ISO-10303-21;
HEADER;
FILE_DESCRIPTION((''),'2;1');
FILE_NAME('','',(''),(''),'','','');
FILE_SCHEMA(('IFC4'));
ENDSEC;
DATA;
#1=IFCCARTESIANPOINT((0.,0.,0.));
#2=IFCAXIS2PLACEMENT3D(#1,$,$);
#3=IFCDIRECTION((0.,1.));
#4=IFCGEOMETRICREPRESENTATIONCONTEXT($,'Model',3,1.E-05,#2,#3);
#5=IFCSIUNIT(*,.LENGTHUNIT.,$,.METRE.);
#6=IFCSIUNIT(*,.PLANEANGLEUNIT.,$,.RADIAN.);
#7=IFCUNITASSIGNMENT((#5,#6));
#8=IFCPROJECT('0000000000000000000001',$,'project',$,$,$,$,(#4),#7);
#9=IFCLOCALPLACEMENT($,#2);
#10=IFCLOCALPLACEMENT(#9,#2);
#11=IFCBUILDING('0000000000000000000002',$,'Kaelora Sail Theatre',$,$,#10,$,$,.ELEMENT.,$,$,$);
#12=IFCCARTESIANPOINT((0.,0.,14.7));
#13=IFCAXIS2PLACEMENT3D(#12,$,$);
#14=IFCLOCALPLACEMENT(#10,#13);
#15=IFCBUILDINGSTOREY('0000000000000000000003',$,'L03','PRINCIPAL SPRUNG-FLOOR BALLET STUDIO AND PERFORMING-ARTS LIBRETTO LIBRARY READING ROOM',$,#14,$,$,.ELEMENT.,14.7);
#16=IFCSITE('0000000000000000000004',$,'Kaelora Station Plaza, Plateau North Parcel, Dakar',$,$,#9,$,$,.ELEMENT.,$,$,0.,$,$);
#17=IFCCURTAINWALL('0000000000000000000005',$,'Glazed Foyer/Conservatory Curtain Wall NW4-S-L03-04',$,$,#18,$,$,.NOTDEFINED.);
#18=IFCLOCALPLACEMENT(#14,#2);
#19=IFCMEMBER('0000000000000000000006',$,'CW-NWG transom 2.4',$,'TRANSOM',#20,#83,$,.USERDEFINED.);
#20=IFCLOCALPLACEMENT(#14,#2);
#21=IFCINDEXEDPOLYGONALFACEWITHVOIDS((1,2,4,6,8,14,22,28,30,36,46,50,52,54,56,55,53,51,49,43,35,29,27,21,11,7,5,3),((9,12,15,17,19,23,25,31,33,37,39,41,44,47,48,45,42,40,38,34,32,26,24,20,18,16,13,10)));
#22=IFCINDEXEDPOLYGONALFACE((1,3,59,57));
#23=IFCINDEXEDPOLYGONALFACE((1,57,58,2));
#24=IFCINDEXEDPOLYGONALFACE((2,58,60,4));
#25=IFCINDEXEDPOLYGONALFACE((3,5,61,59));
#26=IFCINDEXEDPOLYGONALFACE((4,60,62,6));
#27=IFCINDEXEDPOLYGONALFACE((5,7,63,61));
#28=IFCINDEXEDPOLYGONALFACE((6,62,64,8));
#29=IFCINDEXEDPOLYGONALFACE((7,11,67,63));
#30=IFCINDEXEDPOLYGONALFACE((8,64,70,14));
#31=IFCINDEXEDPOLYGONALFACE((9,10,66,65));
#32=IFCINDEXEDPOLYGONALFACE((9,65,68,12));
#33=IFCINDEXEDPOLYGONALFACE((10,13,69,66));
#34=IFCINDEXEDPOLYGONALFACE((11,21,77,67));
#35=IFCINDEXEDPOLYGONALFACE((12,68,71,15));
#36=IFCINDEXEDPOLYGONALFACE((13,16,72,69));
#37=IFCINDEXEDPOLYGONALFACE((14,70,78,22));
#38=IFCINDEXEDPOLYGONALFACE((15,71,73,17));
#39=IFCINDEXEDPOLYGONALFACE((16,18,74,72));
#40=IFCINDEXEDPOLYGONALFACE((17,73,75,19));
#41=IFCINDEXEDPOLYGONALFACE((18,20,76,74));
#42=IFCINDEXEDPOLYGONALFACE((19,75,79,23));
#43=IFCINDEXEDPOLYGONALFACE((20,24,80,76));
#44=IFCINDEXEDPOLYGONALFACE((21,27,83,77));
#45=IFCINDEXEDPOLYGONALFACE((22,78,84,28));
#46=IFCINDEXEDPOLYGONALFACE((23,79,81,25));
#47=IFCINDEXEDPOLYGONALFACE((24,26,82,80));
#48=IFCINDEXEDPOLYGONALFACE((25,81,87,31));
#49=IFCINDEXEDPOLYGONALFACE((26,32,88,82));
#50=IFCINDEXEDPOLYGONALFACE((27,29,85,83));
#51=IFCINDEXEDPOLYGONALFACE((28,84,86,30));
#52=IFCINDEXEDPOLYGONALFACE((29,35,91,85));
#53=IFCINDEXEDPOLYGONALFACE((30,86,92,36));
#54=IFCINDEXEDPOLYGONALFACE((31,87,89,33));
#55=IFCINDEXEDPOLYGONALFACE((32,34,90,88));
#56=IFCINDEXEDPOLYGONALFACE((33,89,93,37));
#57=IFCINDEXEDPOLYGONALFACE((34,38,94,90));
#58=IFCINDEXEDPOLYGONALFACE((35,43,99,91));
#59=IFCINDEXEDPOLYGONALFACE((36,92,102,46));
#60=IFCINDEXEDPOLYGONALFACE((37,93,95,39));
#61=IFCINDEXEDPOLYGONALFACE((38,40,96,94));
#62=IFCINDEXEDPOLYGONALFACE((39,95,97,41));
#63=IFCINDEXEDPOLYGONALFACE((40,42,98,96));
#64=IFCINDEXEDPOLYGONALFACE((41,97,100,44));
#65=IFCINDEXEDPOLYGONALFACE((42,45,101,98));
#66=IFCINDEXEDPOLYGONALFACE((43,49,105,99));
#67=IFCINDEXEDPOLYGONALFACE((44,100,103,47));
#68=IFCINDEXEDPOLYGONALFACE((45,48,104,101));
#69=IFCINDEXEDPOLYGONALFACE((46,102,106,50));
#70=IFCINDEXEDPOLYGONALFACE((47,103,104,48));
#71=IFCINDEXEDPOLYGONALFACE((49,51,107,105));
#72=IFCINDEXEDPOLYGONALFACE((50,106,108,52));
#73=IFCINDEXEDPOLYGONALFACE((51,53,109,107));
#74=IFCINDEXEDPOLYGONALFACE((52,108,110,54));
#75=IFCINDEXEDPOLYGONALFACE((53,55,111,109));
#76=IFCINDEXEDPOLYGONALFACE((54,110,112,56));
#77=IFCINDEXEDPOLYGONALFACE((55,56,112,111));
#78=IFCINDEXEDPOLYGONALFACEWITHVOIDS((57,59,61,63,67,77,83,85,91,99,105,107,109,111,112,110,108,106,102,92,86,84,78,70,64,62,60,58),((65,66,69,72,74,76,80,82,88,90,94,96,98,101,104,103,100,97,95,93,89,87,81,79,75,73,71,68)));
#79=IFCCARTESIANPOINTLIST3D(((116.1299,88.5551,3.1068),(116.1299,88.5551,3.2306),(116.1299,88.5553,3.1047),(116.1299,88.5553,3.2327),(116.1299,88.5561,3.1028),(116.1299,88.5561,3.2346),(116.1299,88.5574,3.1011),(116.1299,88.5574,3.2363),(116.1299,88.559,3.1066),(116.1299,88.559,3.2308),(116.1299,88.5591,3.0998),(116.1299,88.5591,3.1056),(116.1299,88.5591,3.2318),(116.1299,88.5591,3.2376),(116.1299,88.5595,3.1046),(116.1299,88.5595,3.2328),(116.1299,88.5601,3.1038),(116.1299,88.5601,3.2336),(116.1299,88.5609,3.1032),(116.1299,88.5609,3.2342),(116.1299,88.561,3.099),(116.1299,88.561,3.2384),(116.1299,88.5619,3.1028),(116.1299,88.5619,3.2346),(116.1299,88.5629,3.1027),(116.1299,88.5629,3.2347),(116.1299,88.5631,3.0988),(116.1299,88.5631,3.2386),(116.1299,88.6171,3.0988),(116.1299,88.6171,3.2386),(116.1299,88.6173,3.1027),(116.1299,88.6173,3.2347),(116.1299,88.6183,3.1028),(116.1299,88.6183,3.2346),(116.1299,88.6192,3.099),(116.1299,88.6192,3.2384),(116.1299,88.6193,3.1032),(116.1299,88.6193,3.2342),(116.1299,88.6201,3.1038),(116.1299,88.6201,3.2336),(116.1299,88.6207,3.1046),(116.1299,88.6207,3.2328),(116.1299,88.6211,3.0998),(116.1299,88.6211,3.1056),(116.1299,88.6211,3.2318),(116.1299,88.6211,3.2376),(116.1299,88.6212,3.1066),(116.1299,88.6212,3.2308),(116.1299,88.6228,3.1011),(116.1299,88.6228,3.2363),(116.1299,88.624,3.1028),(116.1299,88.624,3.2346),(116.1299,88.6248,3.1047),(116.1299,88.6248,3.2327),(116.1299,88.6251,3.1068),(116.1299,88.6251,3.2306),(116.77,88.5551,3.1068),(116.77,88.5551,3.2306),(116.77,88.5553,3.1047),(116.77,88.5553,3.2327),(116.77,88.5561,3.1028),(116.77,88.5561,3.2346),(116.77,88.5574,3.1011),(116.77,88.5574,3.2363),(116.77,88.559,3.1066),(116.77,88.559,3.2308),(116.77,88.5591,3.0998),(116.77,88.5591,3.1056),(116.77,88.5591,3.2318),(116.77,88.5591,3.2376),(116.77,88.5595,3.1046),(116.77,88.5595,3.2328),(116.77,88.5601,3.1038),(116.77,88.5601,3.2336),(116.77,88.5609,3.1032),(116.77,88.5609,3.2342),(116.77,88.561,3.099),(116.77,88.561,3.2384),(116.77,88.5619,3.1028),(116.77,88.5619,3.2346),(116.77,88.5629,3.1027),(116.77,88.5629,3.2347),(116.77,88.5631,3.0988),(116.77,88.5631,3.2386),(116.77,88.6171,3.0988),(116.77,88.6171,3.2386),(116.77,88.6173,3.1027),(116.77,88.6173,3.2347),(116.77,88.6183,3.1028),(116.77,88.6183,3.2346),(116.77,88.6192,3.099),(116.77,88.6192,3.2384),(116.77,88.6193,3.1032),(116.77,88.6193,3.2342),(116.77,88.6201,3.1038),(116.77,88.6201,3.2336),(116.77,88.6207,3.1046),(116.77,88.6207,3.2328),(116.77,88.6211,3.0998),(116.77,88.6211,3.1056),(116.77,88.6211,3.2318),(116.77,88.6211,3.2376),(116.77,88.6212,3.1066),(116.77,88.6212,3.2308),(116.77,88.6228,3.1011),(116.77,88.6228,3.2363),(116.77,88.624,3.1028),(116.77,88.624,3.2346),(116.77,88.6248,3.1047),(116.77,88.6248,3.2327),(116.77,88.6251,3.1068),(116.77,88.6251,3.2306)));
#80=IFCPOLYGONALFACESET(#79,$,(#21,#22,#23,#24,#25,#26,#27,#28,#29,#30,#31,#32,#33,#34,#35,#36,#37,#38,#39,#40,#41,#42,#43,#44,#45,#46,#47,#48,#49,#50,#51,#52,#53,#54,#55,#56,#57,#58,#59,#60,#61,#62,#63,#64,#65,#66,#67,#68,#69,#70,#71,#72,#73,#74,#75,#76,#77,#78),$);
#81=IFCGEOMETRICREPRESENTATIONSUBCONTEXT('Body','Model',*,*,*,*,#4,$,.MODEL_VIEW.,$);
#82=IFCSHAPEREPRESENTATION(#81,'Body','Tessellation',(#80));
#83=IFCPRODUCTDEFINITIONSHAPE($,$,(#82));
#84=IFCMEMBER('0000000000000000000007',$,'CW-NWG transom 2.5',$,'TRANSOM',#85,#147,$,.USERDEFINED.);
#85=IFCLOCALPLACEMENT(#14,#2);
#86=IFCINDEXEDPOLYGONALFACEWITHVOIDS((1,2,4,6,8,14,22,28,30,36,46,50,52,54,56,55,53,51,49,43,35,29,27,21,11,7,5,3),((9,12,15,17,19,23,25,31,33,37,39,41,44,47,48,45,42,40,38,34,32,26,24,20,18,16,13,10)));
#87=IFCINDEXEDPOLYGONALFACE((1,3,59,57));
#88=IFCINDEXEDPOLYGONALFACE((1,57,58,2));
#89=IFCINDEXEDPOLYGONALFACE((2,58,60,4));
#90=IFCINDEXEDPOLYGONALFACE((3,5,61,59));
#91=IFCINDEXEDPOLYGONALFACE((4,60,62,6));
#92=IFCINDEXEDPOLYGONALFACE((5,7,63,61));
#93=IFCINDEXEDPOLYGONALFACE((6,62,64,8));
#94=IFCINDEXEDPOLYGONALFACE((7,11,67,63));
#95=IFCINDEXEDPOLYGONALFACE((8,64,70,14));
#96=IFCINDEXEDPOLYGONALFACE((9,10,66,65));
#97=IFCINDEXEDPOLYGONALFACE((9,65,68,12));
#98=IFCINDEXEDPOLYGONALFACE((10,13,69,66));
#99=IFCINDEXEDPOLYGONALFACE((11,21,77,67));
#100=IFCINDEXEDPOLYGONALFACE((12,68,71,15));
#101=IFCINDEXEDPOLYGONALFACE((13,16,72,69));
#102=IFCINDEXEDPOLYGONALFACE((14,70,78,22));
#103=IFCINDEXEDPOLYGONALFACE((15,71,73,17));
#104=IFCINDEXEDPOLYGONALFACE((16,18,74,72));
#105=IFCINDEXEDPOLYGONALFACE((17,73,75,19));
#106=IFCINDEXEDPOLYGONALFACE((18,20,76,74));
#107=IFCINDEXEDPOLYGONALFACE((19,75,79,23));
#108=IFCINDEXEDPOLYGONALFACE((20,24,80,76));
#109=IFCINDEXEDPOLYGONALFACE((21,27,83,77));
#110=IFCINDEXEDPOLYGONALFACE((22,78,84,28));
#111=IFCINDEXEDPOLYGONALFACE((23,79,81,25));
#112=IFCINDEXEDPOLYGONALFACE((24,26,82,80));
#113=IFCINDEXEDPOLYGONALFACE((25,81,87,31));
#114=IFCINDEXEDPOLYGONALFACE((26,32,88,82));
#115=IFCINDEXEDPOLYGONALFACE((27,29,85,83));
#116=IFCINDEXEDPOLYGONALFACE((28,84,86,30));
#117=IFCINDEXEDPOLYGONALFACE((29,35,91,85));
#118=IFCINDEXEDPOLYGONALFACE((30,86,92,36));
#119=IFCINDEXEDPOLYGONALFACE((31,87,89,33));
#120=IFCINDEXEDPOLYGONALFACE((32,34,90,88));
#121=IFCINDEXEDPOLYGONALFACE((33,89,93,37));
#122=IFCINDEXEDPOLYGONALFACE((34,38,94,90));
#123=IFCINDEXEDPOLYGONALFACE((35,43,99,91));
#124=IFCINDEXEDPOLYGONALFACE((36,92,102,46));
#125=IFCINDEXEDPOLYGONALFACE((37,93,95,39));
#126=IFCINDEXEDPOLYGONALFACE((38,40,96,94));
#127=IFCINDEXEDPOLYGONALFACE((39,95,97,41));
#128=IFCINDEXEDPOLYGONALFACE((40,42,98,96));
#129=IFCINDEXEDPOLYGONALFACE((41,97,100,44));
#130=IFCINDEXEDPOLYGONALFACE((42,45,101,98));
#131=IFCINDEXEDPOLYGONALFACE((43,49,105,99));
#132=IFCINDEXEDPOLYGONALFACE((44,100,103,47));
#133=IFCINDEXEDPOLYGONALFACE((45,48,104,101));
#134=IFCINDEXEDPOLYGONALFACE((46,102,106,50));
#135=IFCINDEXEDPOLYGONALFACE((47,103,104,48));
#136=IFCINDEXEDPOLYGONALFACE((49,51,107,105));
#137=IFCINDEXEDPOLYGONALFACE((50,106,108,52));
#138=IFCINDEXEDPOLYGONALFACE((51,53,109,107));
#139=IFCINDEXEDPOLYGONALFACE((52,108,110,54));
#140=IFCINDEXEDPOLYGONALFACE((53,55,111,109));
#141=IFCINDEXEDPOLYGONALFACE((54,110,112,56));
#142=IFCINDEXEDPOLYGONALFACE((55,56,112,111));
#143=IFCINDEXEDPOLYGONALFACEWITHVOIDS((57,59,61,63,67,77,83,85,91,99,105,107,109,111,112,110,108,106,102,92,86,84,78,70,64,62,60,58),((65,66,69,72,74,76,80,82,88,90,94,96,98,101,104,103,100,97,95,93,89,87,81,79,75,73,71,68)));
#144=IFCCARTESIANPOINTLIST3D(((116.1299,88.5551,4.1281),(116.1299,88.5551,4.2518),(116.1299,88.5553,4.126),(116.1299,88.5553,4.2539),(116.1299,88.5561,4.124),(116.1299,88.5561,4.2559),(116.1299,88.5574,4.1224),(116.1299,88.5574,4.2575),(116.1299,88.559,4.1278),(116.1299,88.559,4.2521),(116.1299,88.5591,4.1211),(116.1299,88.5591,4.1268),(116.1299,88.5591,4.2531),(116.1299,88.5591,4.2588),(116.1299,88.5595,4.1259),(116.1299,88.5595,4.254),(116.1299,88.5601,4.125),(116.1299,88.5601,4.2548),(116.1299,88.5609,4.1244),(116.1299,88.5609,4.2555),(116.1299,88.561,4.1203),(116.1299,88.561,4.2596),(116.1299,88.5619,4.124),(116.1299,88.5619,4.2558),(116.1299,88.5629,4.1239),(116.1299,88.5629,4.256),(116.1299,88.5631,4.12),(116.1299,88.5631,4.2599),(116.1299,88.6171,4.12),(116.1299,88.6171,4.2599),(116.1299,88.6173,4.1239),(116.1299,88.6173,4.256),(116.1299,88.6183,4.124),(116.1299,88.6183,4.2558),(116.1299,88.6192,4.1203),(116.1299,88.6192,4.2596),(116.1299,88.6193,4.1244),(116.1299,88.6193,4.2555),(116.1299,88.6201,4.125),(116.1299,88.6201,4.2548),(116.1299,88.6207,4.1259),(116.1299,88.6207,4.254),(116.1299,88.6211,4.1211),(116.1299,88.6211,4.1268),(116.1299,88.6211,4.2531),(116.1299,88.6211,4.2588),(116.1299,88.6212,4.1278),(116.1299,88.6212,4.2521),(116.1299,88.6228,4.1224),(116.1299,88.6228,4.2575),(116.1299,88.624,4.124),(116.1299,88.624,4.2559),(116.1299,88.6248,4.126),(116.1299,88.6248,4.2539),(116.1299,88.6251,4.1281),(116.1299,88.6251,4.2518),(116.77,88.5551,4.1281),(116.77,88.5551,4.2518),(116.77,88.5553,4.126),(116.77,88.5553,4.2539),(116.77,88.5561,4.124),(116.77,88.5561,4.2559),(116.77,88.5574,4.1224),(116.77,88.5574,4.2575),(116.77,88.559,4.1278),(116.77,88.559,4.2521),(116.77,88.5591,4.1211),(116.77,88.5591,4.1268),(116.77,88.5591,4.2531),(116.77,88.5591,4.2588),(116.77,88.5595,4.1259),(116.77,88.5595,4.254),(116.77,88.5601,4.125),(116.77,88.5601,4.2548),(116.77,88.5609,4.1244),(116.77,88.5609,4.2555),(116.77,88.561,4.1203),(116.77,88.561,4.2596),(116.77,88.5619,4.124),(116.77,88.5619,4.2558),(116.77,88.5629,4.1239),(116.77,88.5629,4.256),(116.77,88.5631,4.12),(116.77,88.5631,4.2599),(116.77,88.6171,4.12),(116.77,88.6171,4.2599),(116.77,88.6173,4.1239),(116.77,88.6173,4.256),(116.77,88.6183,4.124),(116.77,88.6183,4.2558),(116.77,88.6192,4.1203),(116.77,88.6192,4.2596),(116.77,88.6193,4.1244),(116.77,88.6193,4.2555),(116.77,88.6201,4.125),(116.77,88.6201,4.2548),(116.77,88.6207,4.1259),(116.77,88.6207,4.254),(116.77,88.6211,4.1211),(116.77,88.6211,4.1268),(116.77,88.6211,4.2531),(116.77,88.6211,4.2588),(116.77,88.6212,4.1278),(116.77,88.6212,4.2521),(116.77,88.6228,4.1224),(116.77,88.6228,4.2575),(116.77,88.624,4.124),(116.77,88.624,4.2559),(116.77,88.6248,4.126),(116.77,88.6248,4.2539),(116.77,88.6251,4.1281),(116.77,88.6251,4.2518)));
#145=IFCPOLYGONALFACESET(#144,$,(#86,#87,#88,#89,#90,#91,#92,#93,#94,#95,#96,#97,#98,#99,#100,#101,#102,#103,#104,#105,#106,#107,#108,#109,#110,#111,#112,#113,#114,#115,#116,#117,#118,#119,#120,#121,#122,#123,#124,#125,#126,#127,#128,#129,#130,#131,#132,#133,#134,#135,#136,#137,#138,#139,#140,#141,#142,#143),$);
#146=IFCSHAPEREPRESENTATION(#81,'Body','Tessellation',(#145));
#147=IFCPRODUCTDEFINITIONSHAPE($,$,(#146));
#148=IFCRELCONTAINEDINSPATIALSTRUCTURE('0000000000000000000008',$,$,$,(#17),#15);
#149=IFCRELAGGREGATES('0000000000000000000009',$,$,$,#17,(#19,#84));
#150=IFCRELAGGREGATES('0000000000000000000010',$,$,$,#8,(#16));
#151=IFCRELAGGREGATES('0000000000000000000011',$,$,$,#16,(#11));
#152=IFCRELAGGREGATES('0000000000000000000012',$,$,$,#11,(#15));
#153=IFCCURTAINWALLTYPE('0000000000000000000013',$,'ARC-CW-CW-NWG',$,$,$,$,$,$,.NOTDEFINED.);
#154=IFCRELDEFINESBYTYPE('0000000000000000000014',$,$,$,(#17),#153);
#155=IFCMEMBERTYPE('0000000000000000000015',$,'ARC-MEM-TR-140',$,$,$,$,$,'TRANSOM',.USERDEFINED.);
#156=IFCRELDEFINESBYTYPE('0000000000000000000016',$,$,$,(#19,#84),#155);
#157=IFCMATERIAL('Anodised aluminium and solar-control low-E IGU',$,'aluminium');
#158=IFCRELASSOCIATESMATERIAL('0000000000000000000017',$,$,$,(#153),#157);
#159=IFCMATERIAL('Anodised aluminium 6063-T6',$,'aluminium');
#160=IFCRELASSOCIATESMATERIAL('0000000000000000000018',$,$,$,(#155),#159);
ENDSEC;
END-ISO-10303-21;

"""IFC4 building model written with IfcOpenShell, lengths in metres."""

from ifc_helpers import new_model, si_unit, direction, frame, origin, origin_2d, place, context, subcontext, project, spatial, hollow_rectangle, extrude, material, material_profile, profile_set, type_object, element, aggregate, save


model = new_model("IFC4")

# Units and contexts
model_context = context("Model", 3, precision=1e-05, world=origin(), true_north=direction((0.0, 1.0)))
body_context = subcontext(model_context, "Body", "Model", "MODEL_VIEW")
ifc_project = project(units=[si_unit("LENGTHUNIT", "METRE"), si_unit("PLANEANGLEUNIT", "RADIAN")], contexts=[model_context])

# Site, building, storey
site_placement = place(None, origin())
site = spatial("IfcSite", under=ifc_project, at=site_placement, Name="Kaelora Station Plaza, Plateau North Parcel, Dakar", CompositionType="ELEMENT", RefElevation=0.0)
building_placement = place(site_placement, origin())
building = spatial("IfcBuilding", under=site, at=building_placement, Name="Kaelora Sail Theatre", CompositionType="ELEMENT")
storey_placement = place(building_placement, frame((0.0, 0.0, 14.7)))
storey = spatial("IfcBuildingStorey", under=building, at=storey_placement, Name="L03", Description="PRINCIPAL SPRUNG-FLOOR BALLET STUDIO AND PERFORMING-ARTS LIBRETTO LIBRARY READING ROOM", CompositionType="ELEMENT", Elevation=14.7)

# Curtain wall, members
ifc_material_1 = material(Name="Anodised aluminium and solar-control low-E IGU", Category="aluminium")
curtain_wall_type = type_object("IfcCurtainWallType", Name="ARC-CW-CW-NWG", PredefinedType="NOTDEFINED", material=ifc_material_1)
curtain_wall_placement = place(storey_placement, origin())
curtain_wall = element("IfcCurtainWall", 1, at=curtain_wall_placement, inside=storey, type_object=curtain_wall_type, Name="Glazed Foyer/Conservatory Curtain Wall NW4-S-L03-04", PredefinedType="NOTDEFINED")
ifc_material_2 = material(Name="Anodised aluminium 6063-T6", Category="aluminium")
ifc_material_profile_1 = material_profile(ifc_material_2, hollow_rectangle(XDim=0.0701, YDim=0.1399, WallThickness=0.0039, InnerFilletRadius=0.0039, OuterFilletRadius=0.0081, at=origin_2d()), Name="ALU-TRAN 70x140x4")
ifc_profile_set_1 = profile_set([ifc_material_profile_1], Name="Anodised aluminium 6063-T6")
member_type_1 = type_object("IfcMemberType", Name="ARC-MEM-TR-140", ElementType="TRANSOM", PredefinedType="USERDEFINED", material=ifc_profile_set_1)
member_1_placement = place(storey_placement, frame((116.1299, 88.5901, 3.1687), z_axis=(1.0, 0.0, 0.0), x_axis=(0.0, 1.0, 0.0)))
member_1 = element("IfcMember", 2, at=member_1_placement, type_object=member_type_1, Name="CW-NWG transom 2.4", ObjectType="TRANSOM", PredefinedType="USERDEFINED", context=body_context, shape_type="SweptSolid", body=[
    extrude(hollow_rectangle(XDim=0.0701, YDim=0.1399, WallThickness=0.0039, InnerFilletRadius=0.0039, OuterFilletRadius=0.0081, at=origin_2d()), origin(), (0.0, 0.0, 1.0), 0.6401),
])
member_2_placement = place(storey_placement, frame((116.1299, 88.5901, 4.1899), z_axis=(1.0, 0.0, 0.0), x_axis=(0.0, 1.0, 0.0)))
member_2 = element("IfcMember", 3, at=member_2_placement, type_object=member_type_1, Name="CW-NWG transom 2.5", ObjectType="TRANSOM", PredefinedType="USERDEFINED", context=body_context, shape_type="SweptSolid", body=[
    extrude(hollow_rectangle(XDim=0.0701, YDim=0.1399, WallThickness=0.0039, InnerFilletRadius=0.0039, OuterFilletRadius=0.0081, at=origin_2d()), origin(), (0.0, 0.0, 1.0), 0.6401),
])
aggregate(curtain_wall, [member_1, member_2])

save(model, "model.ifc")
